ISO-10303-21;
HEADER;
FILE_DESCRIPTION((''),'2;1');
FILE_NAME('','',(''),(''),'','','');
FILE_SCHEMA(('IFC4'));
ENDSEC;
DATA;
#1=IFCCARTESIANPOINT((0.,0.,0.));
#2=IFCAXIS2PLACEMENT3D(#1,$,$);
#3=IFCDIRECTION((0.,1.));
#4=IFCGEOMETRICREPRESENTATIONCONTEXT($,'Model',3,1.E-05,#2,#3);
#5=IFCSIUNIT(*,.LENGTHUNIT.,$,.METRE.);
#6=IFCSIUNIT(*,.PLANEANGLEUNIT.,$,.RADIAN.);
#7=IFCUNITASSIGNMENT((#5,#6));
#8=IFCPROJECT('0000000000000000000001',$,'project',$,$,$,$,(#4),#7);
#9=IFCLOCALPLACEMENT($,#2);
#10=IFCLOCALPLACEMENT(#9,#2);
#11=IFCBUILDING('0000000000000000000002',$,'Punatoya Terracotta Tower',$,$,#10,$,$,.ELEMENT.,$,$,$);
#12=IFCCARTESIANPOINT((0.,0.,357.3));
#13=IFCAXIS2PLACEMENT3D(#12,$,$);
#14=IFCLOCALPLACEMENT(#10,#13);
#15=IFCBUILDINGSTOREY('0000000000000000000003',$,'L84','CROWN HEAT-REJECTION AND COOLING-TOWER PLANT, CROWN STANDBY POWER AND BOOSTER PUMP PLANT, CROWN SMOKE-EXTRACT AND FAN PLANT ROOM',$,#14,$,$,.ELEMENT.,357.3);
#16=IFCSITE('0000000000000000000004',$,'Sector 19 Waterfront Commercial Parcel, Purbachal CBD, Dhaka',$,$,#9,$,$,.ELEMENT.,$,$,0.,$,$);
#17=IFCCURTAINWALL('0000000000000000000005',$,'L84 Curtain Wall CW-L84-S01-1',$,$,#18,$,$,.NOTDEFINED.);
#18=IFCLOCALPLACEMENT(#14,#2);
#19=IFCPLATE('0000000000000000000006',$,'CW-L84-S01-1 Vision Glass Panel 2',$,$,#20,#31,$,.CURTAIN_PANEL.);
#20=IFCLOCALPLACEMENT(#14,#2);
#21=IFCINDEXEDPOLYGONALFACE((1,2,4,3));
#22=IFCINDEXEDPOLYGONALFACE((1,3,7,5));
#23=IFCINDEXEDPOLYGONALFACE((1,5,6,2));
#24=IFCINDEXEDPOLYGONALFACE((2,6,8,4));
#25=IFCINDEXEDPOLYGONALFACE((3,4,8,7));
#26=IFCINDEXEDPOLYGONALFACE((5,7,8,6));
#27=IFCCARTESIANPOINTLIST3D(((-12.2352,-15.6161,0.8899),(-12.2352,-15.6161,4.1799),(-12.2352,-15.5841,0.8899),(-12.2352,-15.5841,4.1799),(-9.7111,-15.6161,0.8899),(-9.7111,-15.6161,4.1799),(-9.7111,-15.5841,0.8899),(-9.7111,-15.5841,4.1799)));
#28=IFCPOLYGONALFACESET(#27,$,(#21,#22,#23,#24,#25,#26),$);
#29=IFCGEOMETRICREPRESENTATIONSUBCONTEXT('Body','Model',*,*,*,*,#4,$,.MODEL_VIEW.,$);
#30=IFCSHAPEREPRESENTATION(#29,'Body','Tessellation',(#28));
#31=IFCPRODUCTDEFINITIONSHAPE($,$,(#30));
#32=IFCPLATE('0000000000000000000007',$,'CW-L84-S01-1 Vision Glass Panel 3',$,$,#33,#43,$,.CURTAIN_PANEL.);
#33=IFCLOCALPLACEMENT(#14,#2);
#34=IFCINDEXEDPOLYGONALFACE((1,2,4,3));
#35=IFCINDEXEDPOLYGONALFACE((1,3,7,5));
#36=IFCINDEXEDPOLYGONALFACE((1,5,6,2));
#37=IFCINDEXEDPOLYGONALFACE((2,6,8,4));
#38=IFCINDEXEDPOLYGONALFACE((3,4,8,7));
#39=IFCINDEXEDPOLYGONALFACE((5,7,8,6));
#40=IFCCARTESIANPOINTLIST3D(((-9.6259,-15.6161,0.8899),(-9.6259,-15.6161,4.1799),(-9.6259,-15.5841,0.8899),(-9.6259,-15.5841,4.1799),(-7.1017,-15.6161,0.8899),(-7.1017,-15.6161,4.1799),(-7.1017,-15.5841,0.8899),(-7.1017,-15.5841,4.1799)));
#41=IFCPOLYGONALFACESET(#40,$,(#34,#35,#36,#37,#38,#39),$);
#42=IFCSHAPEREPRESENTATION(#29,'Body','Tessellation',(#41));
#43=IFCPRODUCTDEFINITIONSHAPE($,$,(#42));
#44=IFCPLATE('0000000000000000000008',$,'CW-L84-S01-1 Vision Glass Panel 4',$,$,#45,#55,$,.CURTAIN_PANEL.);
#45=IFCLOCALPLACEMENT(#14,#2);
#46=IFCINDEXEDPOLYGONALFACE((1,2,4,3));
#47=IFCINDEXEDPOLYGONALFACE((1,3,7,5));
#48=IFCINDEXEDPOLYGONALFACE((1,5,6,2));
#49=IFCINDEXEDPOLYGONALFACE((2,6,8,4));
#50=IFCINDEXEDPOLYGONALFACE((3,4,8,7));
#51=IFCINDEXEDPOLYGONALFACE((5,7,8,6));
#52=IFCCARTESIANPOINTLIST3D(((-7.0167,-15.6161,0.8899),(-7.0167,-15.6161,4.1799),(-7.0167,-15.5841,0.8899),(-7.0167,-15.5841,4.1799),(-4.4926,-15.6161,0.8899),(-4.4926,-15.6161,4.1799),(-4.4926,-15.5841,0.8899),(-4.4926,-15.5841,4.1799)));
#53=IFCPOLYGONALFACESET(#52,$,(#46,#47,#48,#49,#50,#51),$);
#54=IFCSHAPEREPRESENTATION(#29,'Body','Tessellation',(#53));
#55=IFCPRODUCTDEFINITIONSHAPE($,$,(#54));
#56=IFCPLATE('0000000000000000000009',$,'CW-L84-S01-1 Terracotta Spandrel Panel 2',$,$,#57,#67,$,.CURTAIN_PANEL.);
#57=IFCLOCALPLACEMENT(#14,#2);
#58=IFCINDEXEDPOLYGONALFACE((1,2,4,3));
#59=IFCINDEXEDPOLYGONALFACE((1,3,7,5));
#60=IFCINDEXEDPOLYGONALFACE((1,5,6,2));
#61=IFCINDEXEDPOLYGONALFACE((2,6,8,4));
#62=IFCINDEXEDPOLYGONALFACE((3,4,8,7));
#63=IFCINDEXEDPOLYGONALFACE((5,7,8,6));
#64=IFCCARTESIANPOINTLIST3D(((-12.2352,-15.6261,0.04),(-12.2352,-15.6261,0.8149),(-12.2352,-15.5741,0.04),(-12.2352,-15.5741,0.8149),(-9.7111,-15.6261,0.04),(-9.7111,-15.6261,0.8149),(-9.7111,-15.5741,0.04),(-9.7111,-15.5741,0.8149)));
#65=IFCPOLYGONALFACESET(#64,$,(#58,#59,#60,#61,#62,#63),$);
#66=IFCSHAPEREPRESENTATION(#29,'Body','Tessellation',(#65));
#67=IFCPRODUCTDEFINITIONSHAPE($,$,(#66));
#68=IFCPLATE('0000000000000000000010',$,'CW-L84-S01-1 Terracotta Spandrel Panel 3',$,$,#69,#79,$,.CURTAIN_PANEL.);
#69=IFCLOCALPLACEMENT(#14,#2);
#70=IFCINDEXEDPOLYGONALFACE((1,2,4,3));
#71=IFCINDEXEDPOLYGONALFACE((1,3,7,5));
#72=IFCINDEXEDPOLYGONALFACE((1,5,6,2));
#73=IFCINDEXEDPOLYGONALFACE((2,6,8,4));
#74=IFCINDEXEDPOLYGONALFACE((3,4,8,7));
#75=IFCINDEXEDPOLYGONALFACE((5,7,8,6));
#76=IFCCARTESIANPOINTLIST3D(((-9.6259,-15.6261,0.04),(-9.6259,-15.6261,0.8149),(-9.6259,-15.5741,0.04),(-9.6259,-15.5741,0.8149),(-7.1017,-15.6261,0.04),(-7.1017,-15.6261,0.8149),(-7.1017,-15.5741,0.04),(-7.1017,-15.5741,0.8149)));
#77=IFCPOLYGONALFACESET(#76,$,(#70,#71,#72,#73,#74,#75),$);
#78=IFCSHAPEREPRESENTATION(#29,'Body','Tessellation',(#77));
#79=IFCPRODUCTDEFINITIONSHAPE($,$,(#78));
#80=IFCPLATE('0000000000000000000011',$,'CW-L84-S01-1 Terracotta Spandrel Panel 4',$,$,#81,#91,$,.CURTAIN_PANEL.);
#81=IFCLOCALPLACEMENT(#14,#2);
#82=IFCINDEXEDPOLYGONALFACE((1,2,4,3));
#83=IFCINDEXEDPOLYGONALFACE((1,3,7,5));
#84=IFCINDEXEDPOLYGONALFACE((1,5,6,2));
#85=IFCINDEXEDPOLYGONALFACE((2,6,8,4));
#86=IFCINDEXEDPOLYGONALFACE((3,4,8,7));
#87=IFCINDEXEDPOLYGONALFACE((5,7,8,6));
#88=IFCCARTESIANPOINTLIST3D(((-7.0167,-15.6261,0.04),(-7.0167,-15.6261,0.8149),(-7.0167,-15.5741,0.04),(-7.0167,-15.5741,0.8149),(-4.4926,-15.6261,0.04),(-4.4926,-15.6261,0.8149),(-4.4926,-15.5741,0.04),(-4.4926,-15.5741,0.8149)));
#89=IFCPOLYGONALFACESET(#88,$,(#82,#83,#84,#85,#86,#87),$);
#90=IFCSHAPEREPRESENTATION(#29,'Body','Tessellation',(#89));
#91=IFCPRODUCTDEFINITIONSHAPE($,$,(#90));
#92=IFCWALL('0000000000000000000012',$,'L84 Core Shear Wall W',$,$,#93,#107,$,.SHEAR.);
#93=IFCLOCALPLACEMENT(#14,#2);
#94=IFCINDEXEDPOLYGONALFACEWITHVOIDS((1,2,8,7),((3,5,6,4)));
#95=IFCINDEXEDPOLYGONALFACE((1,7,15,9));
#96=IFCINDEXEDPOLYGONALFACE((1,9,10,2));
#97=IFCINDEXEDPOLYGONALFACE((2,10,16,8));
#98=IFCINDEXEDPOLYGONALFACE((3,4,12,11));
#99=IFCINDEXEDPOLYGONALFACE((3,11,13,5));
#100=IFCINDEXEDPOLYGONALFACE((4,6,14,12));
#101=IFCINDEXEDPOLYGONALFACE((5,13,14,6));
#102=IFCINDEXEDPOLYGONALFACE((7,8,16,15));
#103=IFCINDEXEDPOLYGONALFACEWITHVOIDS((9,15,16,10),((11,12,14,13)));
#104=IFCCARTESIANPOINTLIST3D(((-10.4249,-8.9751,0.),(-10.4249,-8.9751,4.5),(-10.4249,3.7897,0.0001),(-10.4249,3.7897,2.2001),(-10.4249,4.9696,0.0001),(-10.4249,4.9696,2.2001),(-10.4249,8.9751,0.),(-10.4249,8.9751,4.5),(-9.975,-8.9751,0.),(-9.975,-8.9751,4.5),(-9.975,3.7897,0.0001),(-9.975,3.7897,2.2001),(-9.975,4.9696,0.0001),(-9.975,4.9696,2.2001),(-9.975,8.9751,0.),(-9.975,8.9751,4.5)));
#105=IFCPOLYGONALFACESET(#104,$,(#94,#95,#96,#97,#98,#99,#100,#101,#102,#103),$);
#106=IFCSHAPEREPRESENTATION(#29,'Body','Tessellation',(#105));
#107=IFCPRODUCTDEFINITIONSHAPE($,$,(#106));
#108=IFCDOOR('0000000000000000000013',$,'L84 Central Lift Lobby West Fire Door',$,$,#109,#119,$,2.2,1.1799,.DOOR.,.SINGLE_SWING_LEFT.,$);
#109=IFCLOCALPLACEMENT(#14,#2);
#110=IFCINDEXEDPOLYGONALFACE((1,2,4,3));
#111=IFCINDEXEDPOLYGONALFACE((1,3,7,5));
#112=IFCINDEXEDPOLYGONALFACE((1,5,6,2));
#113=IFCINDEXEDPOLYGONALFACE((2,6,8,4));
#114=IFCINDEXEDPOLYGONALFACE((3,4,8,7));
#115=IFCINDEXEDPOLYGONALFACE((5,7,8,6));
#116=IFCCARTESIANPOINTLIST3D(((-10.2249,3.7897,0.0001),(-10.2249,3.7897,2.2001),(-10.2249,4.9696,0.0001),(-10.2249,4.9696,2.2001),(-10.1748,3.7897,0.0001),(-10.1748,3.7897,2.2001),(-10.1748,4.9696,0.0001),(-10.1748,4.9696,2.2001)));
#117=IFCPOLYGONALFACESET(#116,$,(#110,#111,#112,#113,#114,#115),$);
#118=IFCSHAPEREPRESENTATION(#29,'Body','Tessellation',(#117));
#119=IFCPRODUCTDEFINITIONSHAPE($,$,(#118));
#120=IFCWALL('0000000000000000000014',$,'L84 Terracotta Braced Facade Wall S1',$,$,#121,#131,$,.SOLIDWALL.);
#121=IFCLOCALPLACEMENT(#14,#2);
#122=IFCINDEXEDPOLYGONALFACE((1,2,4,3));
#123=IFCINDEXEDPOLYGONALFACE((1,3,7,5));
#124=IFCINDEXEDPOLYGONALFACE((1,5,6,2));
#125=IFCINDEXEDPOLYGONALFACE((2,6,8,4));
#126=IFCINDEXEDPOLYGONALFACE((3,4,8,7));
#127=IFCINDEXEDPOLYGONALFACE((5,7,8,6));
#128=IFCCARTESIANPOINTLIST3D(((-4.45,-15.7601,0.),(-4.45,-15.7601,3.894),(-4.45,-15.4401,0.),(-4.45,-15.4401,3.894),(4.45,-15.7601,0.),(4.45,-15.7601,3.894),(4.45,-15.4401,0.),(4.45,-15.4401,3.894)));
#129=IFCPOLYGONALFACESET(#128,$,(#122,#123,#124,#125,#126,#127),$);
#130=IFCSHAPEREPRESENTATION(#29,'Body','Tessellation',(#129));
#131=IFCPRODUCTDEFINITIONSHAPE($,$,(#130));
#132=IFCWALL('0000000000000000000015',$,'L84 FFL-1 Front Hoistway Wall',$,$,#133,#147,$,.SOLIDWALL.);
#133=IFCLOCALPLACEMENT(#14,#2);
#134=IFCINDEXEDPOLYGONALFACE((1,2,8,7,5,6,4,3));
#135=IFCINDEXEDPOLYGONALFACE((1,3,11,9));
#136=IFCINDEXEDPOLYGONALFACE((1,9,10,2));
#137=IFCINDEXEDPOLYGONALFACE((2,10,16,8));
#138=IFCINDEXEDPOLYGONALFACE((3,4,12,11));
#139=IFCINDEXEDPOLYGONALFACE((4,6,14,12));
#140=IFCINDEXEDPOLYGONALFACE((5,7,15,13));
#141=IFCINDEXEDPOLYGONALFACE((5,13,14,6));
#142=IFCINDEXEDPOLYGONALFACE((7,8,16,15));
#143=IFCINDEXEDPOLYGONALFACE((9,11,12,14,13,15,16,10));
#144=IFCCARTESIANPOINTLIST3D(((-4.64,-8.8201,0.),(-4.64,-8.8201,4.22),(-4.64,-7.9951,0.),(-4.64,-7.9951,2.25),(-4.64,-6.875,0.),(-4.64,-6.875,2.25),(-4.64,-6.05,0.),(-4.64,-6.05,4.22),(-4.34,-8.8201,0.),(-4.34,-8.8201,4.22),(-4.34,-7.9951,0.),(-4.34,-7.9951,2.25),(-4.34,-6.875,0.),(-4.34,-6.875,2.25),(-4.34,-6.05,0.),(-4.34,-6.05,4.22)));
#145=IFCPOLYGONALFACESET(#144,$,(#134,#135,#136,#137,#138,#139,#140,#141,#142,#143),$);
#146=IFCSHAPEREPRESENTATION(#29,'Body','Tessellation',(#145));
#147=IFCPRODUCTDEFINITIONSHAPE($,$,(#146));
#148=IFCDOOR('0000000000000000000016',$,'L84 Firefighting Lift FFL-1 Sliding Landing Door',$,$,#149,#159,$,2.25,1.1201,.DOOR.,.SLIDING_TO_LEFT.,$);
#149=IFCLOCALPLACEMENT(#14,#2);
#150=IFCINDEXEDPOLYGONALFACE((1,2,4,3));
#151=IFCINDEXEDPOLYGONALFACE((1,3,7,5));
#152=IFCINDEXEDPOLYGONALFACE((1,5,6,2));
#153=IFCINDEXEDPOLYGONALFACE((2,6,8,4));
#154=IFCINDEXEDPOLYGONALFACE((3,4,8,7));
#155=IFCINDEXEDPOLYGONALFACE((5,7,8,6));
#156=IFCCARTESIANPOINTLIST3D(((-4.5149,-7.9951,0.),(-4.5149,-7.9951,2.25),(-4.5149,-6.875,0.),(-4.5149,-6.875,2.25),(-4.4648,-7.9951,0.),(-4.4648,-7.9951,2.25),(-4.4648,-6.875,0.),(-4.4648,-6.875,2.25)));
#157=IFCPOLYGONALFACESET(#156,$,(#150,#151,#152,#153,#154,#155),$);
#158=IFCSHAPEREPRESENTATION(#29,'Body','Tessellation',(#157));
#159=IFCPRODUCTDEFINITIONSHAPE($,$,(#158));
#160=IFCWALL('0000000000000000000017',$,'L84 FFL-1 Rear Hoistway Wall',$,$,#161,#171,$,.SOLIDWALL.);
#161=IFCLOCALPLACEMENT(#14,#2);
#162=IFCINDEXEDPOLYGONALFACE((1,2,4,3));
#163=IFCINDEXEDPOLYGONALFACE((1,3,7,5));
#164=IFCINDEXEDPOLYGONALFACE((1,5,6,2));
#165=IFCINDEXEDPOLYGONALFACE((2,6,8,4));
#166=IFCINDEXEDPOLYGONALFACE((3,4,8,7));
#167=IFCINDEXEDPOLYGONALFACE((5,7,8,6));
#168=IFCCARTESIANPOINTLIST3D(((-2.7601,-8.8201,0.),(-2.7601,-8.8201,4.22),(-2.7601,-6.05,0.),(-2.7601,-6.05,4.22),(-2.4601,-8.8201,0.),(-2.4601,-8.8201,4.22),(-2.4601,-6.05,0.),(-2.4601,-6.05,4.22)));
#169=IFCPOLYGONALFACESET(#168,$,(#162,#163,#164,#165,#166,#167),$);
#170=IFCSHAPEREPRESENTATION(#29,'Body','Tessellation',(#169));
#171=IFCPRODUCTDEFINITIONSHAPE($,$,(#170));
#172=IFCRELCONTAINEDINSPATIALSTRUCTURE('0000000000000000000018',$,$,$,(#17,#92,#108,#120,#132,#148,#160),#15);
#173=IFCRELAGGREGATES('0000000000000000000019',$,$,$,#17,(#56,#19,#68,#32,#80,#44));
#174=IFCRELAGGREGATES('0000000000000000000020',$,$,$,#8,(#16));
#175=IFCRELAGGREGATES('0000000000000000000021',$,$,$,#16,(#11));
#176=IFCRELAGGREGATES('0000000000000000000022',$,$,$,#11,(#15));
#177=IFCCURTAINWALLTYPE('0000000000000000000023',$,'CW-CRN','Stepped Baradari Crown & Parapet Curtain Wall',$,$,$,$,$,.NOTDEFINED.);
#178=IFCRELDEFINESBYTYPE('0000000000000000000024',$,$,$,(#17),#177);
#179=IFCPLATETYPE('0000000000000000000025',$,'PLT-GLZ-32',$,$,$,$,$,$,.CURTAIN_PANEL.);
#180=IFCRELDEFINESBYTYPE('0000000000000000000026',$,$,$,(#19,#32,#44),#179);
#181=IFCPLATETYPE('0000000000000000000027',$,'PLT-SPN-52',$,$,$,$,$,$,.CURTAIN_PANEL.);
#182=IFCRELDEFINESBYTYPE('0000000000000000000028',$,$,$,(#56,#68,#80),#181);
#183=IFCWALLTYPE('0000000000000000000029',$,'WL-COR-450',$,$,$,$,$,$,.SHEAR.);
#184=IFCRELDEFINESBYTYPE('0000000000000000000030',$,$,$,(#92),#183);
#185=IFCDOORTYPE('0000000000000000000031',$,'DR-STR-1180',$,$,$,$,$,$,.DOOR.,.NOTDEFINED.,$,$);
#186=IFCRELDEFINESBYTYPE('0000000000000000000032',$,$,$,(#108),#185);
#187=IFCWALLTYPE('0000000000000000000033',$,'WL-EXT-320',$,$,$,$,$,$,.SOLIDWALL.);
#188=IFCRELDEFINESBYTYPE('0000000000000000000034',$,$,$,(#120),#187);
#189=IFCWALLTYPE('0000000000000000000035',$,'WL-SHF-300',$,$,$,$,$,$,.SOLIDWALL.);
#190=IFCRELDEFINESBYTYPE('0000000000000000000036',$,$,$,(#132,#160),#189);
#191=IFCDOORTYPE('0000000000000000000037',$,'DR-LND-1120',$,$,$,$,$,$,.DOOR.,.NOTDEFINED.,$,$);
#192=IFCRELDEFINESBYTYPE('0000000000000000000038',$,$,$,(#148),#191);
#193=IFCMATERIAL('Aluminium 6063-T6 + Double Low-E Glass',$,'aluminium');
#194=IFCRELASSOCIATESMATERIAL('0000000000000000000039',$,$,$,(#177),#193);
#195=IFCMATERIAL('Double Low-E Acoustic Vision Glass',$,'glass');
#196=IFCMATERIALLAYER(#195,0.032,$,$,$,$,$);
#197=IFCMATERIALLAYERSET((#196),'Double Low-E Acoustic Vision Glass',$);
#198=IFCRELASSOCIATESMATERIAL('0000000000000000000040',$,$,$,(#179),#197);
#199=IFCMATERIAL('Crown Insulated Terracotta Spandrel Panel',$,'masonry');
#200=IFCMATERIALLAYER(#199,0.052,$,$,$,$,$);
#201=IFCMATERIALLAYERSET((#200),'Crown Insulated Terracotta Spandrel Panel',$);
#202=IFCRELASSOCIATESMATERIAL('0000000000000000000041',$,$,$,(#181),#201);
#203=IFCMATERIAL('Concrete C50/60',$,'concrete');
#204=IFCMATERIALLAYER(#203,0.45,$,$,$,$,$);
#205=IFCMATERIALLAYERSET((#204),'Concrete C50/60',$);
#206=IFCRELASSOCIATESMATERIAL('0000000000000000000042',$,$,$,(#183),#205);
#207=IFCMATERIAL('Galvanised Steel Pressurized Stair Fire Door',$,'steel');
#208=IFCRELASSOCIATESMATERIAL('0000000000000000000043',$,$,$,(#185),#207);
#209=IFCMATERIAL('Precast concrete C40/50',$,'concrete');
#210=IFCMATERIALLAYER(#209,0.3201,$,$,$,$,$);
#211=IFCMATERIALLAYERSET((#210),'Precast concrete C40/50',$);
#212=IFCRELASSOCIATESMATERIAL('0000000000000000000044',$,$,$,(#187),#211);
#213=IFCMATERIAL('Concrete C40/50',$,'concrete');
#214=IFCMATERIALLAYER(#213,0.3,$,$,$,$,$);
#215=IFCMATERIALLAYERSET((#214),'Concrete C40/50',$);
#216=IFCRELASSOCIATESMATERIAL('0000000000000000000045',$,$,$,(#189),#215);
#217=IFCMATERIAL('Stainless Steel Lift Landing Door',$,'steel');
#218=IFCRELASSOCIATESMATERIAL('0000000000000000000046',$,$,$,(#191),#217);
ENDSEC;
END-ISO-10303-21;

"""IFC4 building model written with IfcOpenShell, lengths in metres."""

from ifc_helpers import new_model, si_unit, direction, frame, frame_2d, origin, origin_2d, place, context, subcontext, project, spatial, rectangle, extrude, material, layer, layer_set, type_object, element, fill, aggregate, save


model = new_model("IFC4")

# Units and contexts
model_context = context("Model", 3, precision=1e-05, world=origin(), true_north=direction((0.0, 1.0)))
body_context = subcontext(model_context, "Body", "Model", "MODEL_VIEW")
ifc_project = project(units=[si_unit("LENGTHUNIT", "METRE"), si_unit("PLANEANGLEUNIT", "RADIAN")], contexts=[model_context])

# Site, building, storey
site_placement = place(None, origin())
site = spatial("IfcSite", under=ifc_project, at=site_placement, Name="Sector 19 Waterfront Commercial Parcel, Purbachal CBD, Dhaka", CompositionType="ELEMENT", RefElevation=0.0)
building_placement = place(site_placement, origin())
building = spatial("IfcBuilding", under=site, at=building_placement, Name="Punatoya Terracotta Tower", CompositionType="ELEMENT")
storey_placement = place(building_placement, frame((0.0, 0.0, 357.3)))
storey = spatial("IfcBuildingStorey", under=building, at=storey_placement, Name="L84", Description="CROWN HEAT-REJECTION AND COOLING-TOWER PLANT, CROWN STANDBY POWER AND BOOSTER PUMP PLANT, CROWN SMOKE-EXTRACT AND FAN PLANT ROOM", CompositionType="ELEMENT", Elevation=357.3)

# Curtain wall
ifc_material_1 = material(Name="Aluminium 6063-T6 + Double Low-E Glass", Category="aluminium")
curtain_wall_type = type_object("IfcCurtainWallType", Name="CW-CRN", Description="Stepped Baradari Crown & Parapet Curtain Wall", PredefinedType="NOTDEFINED", material=ifc_material_1)
curtain_wall_placement = place(storey_placement, origin())
curtain_wall = element("IfcCurtainWall", 1, at=curtain_wall_placement, inside=storey, type_object=curtain_wall_type, Name="L84 Curtain Wall CW-L84-S01-1", PredefinedType="NOTDEFINED")

# Plates
ifc_material_2 = material(Name="Double Low-E Acoustic Vision Glass", Category="glass")
ifc_layer_1 = layer(ifc_material_2, 0.032)
ifc_layer_set_1 = layer_set([ifc_layer_1], Name="Double Low-E Acoustic Vision Glass")
plate_type_1 = type_object("IfcPlateType", Name="PLT-GLZ-32", PredefinedType="CURTAIN_PANEL", material=ifc_layer_set_1)
plate_1_placement = place(storey_placement, frame((-10.9731, -15.6001, 0.8899), z_axis=(0.0, 0.0, 1.0), x_axis=(1.0, 0.0, 0.0)))
plate_1 = element("IfcPlate", 2, at=plate_1_placement, type_object=plate_type_1, Name="CW-L84-S01-1 Vision Glass Panel 2", PredefinedType="CURTAIN_PANEL", context=body_context, shape_type="SweptSolid", body=[
    extrude(rectangle(XDim=2.5242, YDim=0.032, at=origin_2d()), origin(), (0.0, 0.0, 1.0), 3.29),
])
plate_2_placement = place(storey_placement, frame((-8.3638, -15.6001, 0.8899), z_axis=(0.0, 0.0, 1.0), x_axis=(1.0, 0.0, 0.0)))
plate_2 = element("IfcPlate", 3, at=plate_2_placement, type_object=plate_type_1, Name="CW-L84-S01-1 Vision Glass Panel 3", PredefinedType="CURTAIN_PANEL", context=body_context, shape_type="SweptSolid", body=[
    extrude(rectangle(XDim=2.5242, YDim=0.032, at=origin_2d()), origin(), (0.0, 0.0, 1.0), 3.29),
])
plate_3_placement = place(storey_placement, frame((-5.7546, -15.6001, 0.8899), z_axis=(0.0, 0.0, 1.0), x_axis=(1.0, 0.0, 0.0)))
plate_3 = element("IfcPlate", 4, at=plate_3_placement, type_object=plate_type_1, Name="CW-L84-S01-1 Vision Glass Panel 4", PredefinedType="CURTAIN_PANEL", context=body_context, shape_type="SweptSolid", body=[
    extrude(rectangle(XDim=2.5242, YDim=0.032, at=origin_2d()), origin(), (0.0, 0.0, 1.0), 3.29),
])
ifc_material_3 = material(Name="Crown Insulated Terracotta Spandrel Panel", Category="masonry")
ifc_layer_2 = layer(ifc_material_3, 0.052)
ifc_layer_set_2 = layer_set([ifc_layer_2], Name="Crown Insulated Terracotta Spandrel Panel")
plate_type_2 = type_object("IfcPlateType", Name="PLT-SPN-52", PredefinedType="CURTAIN_PANEL", material=ifc_layer_set_2)
plate_4_placement = place(storey_placement, frame((-10.9731, -15.6001, 0.04), z_axis=(0.0, 0.0, 1.0), x_axis=(1.0, 0.0, 0.0)))
plate_4 = element("IfcPlate", 5, at=plate_4_placement, type_object=plate_type_2, Name="CW-L84-S01-1 Terracotta Spandrel Panel 2", PredefinedType="CURTAIN_PANEL", context=body_context, shape_type="SweptSolid", body=[
    extrude(rectangle(XDim=2.5242, YDim=0.052, at=origin_2d()), origin(), (0.0, 0.0, 1.0), 0.7749),
])
plate_5_placement = place(storey_placement, frame((-8.3638, -15.6001, 0.04), z_axis=(0.0, 0.0, 1.0), x_axis=(1.0, 0.0, 0.0)))
plate_5 = element("IfcPlate", 6, at=plate_5_placement, type_object=plate_type_2, Name="CW-L84-S01-1 Terracotta Spandrel Panel 3", PredefinedType="CURTAIN_PANEL", context=body_context, shape_type="SweptSolid", body=[
    extrude(rectangle(XDim=2.5242, YDim=0.052, at=origin_2d()), origin(), (0.0, 0.0, 1.0), 0.7749),
])
plate_6_placement = place(storey_placement, frame((-5.7546, -15.6001, 0.04), z_axis=(0.0, 0.0, 1.0), x_axis=(1.0, 0.0, 0.0)))
plate_6 = element("IfcPlate", 7, at=plate_6_placement, type_object=plate_type_2, Name="CW-L84-S01-1 Terracotta Spandrel Panel 4", PredefinedType="CURTAIN_PANEL", context=body_context, shape_type="SweptSolid", body=[
    extrude(rectangle(XDim=2.5242, YDim=0.052, at=origin_2d()), origin(), (0.0, 0.0, 1.0), 0.7749),
])
aggregate(curtain_wall, [plate_4, plate_1, plate_5, plate_2, plate_6, plate_3])

# Wall, opening, door
ifc_material_4 = material(Name="Concrete C50/60", Category="concrete")
ifc_layer_3 = layer(ifc_material_4, 0.45)
ifc_layer_set_3 = layer_set([ifc_layer_3], Name="Concrete C50/60")
wall_type_1 = type_object("IfcWallType", Name="WL-COR-450", PredefinedType="SHEAR", material=ifc_layer_set_3)
wall_1_placement = place(storey_placement, frame((-10.2, -8.9751, 0.0), z_axis=(0.0, 0.0, 1.0), x_axis=(0.0, 1.0, 0.0)))
wall_1 = element("IfcWall", 8, at=wall_1_placement, inside=storey, type_object=wall_type_1, Name="L84 Core Shear Wall W", PredefinedType="SHEAR", context=body_context, shape_type="SweptSolid", body=[
    extrude(rectangle(XDim=17.9502, YDim=0.45, at=frame_2d((8.9751, 0.0))), origin(), (0.0, 0.0, 1.0), 4.5),
])
opening_1_placement = place(wall_1_placement, frame((12.7649, 0.0, 0.0)))
opening_1 = element("IfcOpeningElement", 9, at=opening_1_placement, cuts=wall_1, PredefinedType="OPENING", context=body_context, shape_type="SweptSolid", body=[
    extrude(rectangle(XDim=1.1799, YDim=2.2, at=frame_2d((0.5898, 1.1001))), frame((0.0, 0.2349, 0.0), z_axis=(0.0, -1.0, 0.0), x_axis=(1.0, 0.0, 0.0)), (0.0, 0.0, 1.0), 0.47),
])
ifc_material_5 = material(Name="Galvanised Steel Pressurized Stair Fire Door", Category="steel")
door_type_1 = type_object("IfcDoorType", Name="DR-STR-1180", OperationType="NOTDEFINED", PredefinedType="DOOR", material=ifc_material_5)
door_1_placement = place(opening_1_placement, origin())
door_1 = element("IfcDoor", 10, at=door_1_placement, inside=storey, type_object=door_type_1, Name="L84 Central Lift Lobby West Fire Door", OperationType="SINGLE_SWING_LEFT", OverallHeight=2.2, OverallWidth=1.1799, PredefinedType="DOOR", context=body_context, shape_type="SweptSolid", body=[
    extrude(rectangle(XDim=1.1799, YDim=2.2, at=frame_2d((0.5898, 1.1001))), frame((0.0, 0.0249, 0.0), z_axis=(0.0, -1.0, 0.0), x_axis=(1.0, 0.0, 0.0)), (0.0, 0.0, 1.0), 0.05),
])
fill(opening_1, door_1)

# Wall
ifc_material_6 = material(Name="Precast concrete C40/50", Category="concrete")
ifc_layer_4 = layer(ifc_material_6, 0.3201)
ifc_layer_set_4 = layer_set([ifc_layer_4], Name="Precast concrete C40/50")
wall_type_2 = type_object("IfcWallType", Name="WL-EXT-320", PredefinedType="SOLIDWALL", material=ifc_layer_set_4)
wall_2_placement = place(storey_placement, frame((-4.45, -15.6001, 0.0), z_axis=(0.0, 0.0, 1.0), x_axis=(1.0, 0.0, 0.0)))
element("IfcWall", 11, at=wall_2_placement, inside=storey, type_object=wall_type_2, Name="L84 Terracotta Braced Facade Wall S1", PredefinedType="SOLIDWALL", context=body_context, shape_type="SweptSolid", body=[
    extrude(rectangle(XDim=8.8999, YDim=0.3201, at=frame_2d((4.45, 0.0))), origin(), (0.0, 0.0, 1.0), 3.894),
])

# Wall, opening, door
ifc_material_7 = material(Name="Concrete C40/50", Category="concrete")
ifc_layer_5 = layer(ifc_material_7, 0.3)
ifc_layer_set_5 = layer_set([ifc_layer_5], Name="Concrete C40/50")
wall_type_3 = type_object("IfcWallType", Name="WL-SHF-300", PredefinedType="SOLIDWALL", material=ifc_layer_set_5)
wall_3_placement = place(storey_placement, frame((-4.49, -8.8201, 0.0), z_axis=(0.0, 0.0, 1.0), x_axis=(0.0, 1.0, 0.0)))
wall_3 = element("IfcWall", 12, at=wall_3_placement, inside=storey, type_object=wall_type_3, Name="L84 FFL-1 Front Hoistway Wall", PredefinedType="SOLIDWALL", context=body_context, shape_type="SweptSolid", body=[
    extrude(rectangle(XDim=2.77, YDim=0.3, at=frame_2d((1.385, 0.0))), origin(), (0.0, 0.0, 1.0), 4.22),
])
opening_2_placement = place(wall_3_placement, frame((0.825, 0.0, 0.0)))
opening_2 = element("IfcOpeningElement", 13, at=opening_2_placement, cuts=wall_3, PredefinedType="OPENING", context=body_context, shape_type="SweptSolid", body=[
    extrude(rectangle(XDim=1.1201, YDim=2.25, at=frame_2d((0.5601, 1.125))), frame((0.0, 0.1599, 0.0), z_axis=(0.0, -1.0, 0.0), x_axis=(1.0, 0.0, 0.0)), (0.0, 0.0, 1.0), 0.3201),
])
ifc_material_8 = material(Name="Stainless Steel Lift Landing Door", Category="steel")
door_type_2 = type_object("IfcDoorType", Name="DR-LND-1120", OperationType="NOTDEFINED", PredefinedType="DOOR", material=ifc_material_8)
door_2_placement = place(opening_2_placement, origin())
door_2 = element("IfcDoor", 14, at=door_2_placement, inside=storey, type_object=door_type_2, Name="L84 Firefighting Lift FFL-1 Sliding Landing Door", OperationType="SLIDING_TO_LEFT", OverallHeight=2.25, OverallWidth=1.1201, PredefinedType="DOOR", context=body_context, shape_type="SweptSolid", body=[
    extrude(rectangle(XDim=1.1201, YDim=2.25, at=frame_2d((0.5601, 1.125))), frame((0.0, 0.0249, 0.0), z_axis=(0.0, -1.0, 0.0), x_axis=(1.0, 0.0, 0.0)), (0.0, 0.0, 1.0), 0.05),
])
fill(opening_2, door_2)

# Wall
wall_4_placement = place(storey_placement, frame((-2.6101, -8.8201, 0.0), z_axis=(0.0, 0.0, 1.0), x_axis=(0.0, 1.0, 0.0)))
element("IfcWall", 15, at=wall_4_placement, inside=storey, type_object=wall_type_3, Name="L84 FFL-1 Rear Hoistway Wall", PredefinedType="SOLIDWALL", context=body_context, shape_type="SweptSolid", body=[
    extrude(rectangle(XDim=2.77, YDim=0.3, at=frame_2d((1.385, 0.0))), origin(), (0.0, 0.0, 1.0), 4.22),
])

save(model, "model.ifc")
